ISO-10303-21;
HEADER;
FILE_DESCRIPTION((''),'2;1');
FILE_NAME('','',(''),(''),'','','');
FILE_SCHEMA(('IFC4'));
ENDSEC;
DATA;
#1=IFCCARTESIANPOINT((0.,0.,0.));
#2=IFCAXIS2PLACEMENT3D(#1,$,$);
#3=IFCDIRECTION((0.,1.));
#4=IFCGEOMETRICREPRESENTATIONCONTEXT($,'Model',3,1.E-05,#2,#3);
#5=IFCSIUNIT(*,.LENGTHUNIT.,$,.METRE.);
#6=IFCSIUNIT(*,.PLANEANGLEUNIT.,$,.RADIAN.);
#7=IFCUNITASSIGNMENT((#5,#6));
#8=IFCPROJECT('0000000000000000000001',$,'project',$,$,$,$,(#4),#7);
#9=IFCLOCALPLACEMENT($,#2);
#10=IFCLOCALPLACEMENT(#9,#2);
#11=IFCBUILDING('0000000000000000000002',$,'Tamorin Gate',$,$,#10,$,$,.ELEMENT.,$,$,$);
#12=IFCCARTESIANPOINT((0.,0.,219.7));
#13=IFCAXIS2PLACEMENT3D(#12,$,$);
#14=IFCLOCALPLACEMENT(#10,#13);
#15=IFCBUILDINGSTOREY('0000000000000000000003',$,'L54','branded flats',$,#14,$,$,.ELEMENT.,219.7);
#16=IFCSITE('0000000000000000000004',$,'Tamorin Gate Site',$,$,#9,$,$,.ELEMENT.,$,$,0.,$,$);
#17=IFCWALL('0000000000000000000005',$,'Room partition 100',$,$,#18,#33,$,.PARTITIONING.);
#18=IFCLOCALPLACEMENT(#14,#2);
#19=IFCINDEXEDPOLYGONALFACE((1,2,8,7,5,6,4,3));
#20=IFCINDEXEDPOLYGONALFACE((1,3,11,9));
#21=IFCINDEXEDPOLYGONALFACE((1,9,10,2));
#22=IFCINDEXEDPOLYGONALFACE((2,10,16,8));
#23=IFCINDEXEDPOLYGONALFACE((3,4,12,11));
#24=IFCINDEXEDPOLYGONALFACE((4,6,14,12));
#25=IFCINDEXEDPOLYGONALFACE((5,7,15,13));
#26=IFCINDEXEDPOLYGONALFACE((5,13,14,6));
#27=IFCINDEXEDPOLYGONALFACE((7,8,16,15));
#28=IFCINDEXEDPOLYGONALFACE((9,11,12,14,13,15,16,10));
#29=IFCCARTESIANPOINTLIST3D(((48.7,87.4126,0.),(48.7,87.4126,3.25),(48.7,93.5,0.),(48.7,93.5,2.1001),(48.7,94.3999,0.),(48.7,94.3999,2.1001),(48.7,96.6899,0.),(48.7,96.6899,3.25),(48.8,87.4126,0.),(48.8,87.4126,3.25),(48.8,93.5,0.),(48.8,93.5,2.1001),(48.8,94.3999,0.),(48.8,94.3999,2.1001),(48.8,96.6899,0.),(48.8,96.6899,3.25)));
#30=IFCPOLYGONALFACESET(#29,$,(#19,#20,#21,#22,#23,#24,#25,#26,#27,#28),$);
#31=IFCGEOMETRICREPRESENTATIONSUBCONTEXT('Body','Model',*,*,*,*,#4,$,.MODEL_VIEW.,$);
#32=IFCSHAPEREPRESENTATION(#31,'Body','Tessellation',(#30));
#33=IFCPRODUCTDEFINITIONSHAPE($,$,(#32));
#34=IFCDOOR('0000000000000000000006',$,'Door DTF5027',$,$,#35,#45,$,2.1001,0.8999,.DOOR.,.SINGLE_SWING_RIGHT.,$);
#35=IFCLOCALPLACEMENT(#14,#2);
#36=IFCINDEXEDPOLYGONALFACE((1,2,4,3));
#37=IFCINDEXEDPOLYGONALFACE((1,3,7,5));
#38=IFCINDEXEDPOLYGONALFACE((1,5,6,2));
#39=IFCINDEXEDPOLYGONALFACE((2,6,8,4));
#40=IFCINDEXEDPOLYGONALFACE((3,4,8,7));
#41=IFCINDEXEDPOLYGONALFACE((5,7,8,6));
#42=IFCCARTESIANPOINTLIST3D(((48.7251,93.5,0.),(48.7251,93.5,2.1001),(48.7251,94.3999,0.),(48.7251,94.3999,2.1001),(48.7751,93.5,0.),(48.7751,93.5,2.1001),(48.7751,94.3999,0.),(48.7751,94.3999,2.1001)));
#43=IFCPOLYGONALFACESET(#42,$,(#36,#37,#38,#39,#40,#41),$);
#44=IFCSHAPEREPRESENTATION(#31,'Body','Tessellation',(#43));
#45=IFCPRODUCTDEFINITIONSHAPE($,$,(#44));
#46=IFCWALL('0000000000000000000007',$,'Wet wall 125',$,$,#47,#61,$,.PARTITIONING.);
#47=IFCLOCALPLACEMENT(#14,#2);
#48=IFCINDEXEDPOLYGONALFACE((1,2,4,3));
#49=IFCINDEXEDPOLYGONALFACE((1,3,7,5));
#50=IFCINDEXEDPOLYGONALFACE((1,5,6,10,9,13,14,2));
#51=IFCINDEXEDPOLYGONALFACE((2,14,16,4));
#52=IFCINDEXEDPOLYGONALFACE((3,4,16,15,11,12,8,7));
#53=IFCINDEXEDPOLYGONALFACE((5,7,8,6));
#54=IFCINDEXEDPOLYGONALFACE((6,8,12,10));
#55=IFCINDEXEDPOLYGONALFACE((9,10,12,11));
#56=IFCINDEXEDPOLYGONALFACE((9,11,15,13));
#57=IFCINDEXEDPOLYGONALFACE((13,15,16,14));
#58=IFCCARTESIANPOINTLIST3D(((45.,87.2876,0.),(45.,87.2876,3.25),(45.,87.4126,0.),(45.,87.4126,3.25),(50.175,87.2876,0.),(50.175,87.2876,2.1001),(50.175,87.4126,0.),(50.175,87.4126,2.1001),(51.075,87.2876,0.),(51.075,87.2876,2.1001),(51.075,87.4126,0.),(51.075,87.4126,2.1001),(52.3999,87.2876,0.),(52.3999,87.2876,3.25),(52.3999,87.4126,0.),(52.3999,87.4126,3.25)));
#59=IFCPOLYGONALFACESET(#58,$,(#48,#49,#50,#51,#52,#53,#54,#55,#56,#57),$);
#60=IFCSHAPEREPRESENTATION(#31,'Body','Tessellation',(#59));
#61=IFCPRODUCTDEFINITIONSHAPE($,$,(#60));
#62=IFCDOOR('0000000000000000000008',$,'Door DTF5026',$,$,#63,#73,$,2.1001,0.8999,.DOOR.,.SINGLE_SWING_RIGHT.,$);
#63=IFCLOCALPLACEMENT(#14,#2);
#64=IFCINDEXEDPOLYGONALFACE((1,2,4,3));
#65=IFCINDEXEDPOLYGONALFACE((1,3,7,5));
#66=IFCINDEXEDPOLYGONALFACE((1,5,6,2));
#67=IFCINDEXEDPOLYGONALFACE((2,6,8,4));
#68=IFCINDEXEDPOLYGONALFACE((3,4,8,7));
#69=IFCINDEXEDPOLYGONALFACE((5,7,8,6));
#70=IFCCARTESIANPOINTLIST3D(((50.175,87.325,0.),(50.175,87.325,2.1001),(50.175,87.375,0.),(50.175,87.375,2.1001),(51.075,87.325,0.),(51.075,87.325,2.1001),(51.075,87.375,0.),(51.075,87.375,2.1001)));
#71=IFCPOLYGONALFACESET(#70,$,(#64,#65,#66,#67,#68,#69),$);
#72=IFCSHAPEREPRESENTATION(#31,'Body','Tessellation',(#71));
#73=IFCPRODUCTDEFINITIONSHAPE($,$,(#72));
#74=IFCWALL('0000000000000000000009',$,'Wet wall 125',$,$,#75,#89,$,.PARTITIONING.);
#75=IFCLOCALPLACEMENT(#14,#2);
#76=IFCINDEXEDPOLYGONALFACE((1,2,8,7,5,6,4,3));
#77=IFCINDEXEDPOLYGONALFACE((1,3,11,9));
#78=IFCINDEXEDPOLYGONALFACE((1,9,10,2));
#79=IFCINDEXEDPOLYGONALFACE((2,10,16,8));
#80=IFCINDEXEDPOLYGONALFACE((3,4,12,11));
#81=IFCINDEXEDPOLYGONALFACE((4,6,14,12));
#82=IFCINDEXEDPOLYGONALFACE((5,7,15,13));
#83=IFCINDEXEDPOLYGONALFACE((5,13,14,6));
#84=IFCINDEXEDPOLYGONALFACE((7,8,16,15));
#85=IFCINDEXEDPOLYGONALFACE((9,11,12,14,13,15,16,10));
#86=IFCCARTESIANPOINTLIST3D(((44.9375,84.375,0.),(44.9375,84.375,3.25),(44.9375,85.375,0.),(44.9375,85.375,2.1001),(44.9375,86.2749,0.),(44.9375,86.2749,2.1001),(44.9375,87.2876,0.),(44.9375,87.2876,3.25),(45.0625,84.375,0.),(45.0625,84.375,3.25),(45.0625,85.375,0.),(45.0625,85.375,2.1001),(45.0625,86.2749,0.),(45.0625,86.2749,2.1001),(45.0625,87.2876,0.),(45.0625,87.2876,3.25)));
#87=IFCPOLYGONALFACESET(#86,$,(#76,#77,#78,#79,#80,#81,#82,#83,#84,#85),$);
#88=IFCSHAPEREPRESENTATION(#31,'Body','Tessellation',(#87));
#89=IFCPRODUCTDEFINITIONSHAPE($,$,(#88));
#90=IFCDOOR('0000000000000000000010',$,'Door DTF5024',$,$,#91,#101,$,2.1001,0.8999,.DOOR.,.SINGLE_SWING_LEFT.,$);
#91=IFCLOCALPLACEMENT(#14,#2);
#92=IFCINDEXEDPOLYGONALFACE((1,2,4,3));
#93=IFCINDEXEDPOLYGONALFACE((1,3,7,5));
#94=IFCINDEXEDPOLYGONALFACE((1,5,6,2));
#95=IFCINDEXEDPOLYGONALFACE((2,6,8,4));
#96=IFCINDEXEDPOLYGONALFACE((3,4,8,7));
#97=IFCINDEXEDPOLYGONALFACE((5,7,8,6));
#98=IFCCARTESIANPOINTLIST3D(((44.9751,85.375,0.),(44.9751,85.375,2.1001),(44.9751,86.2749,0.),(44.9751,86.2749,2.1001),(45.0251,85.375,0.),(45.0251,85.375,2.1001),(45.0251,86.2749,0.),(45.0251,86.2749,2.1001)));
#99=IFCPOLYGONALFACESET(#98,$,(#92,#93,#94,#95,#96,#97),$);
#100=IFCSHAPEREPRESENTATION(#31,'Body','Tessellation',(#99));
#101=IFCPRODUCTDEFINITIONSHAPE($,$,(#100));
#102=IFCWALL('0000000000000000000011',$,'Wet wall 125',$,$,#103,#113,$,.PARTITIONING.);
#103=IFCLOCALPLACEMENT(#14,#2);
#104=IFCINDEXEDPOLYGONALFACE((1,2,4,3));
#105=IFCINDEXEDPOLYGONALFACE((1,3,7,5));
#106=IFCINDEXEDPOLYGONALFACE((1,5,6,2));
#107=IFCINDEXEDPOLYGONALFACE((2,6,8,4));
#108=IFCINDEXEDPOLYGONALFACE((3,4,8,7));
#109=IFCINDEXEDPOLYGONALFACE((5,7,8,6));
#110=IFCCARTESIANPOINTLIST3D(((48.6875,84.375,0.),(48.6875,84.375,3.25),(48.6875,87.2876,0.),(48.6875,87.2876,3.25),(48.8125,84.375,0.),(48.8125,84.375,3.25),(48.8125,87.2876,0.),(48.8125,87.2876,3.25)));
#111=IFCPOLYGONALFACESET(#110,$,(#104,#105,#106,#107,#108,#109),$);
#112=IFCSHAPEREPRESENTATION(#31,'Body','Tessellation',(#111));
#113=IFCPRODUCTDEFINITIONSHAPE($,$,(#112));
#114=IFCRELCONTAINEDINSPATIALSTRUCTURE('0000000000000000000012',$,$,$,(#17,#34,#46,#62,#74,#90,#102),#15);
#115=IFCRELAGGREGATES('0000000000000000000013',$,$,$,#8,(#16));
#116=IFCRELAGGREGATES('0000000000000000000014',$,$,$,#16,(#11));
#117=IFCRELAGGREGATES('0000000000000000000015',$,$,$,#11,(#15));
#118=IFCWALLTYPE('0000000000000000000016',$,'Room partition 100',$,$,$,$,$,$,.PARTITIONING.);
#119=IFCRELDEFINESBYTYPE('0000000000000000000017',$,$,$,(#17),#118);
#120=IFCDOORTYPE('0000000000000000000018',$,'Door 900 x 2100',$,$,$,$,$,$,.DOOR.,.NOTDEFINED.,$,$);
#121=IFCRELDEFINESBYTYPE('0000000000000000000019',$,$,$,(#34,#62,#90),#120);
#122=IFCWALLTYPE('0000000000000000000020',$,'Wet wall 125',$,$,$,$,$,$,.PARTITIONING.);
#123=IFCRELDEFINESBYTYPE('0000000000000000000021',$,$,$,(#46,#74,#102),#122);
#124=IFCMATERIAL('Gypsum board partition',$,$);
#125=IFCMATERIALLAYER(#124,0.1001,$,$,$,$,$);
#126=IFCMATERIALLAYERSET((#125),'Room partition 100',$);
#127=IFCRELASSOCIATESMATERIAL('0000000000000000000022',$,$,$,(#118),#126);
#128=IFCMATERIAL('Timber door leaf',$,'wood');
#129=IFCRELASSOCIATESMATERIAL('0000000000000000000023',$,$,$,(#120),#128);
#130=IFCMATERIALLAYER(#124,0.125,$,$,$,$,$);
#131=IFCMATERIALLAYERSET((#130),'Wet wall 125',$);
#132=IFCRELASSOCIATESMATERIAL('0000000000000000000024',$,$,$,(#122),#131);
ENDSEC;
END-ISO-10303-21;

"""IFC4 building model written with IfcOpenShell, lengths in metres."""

from ifc_helpers import new_model, si_unit, direction, frame, frame_2d, origin, place, context, subcontext, project, spatial, rectangle, extrude, material, layer, layer_set, type_object, element, fill, save


model = new_model("IFC4")

# Units and contexts
model_context = context("Model", 3, precision=1e-05, world=origin(), true_north=direction((0.0, 1.0)))
body_context = subcontext(model_context, "Body", "Model", "MODEL_VIEW")
ifc_project = project(units=[si_unit("LENGTHUNIT", "METRE"), si_unit("PLANEANGLEUNIT", "RADIAN")], contexts=[model_context])

# Site, building, storey
site_placement = place(None, origin())
site = spatial("IfcSite", under=ifc_project, at=site_placement, Name="Tamorin Gate Site", CompositionType="ELEMENT", RefElevation=0.0)
building_placement = place(site_placement, origin())
building = spatial("IfcBuilding", under=site, at=building_placement, Name="Tamorin Gate", CompositionType="ELEMENT")
storey_placement = place(building_placement, frame((0.0, 0.0, 219.7)))
storey = spatial("IfcBuildingStorey", under=building, at=storey_placement, Name="L54", Description="branded flats", CompositionType="ELEMENT", Elevation=219.7)

# Shared definitions
ifc_material_1 = material(Name="Gypsum board partition")

# Shared definitions
ifc_layer_1 = layer(ifc_material_1, 0.1001)
ifc_layer_set_1 = layer_set([ifc_layer_1], Name="Room partition 100")
wall_type_1 = type_object("IfcWallType", Name="Room partition 100", PredefinedType="PARTITIONING", material=ifc_layer_set_1)
ifc_material_2 = material(Name="Timber door leaf", Category="wood")
door_type = type_object("IfcDoorType", Name="Door 900 x 2100", OperationType="NOTDEFINED", PredefinedType="DOOR", material=ifc_material_2)

# Walls, openings, doors
wall_1_placement = place(storey_placement, frame((48.75, 87.4126, 0.0), z_axis=(0.0, 0.0, 1.0), x_axis=(0.0, 1.0, 0.0)))
wall_1 = element("IfcWall", 1, at=wall_1_placement, inside=storey, type_object=wall_type_1, Name="Room partition 100", PredefinedType="PARTITIONING", context=body_context, shape_type="SweptSolid", body=[
    extrude(rectangle(XDim=9.2773, YDim=0.1001, at=frame_2d((4.6387, 0.0))), origin(), (0.0, 0.0, 1.0), 3.25),
])
opening_1_placement = place(wall_1_placement, frame((6.0874, 0.0, 0.0)))
opening_1 = element("IfcOpeningElement", 2, at=opening_1_placement, cuts=wall_1, PredefinedType="OPENING", context=body_context, shape_type="SweptSolid", body=[
    extrude(rectangle(XDim=0.8999, YDim=2.1001, at=frame_2d((0.45, 1.05))), frame((0.0, 0.0601, 0.0), z_axis=(0.0, -1.0, 0.0), x_axis=(1.0, 0.0, 0.0)), (0.0, 0.0, 1.0), 0.1201),
])
door_1_placement = place(opening_1_placement, origin())
door_1 = element("IfcDoor", 3, at=door_1_placement, inside=storey, type_object=door_type, Name="Door DTF5027", OperationType="SINGLE_SWING_RIGHT", OverallHeight=2.1001, OverallWidth=0.8999, PredefinedType="DOOR", context=body_context, shape_type="SweptSolid", body=[
    extrude(rectangle(XDim=0.8999, YDim=2.1001, at=frame_2d((0.45, 1.05))), frame((0.0, 0.0249, 0.0), z_axis=(0.0, -1.0, 0.0), x_axis=(1.0, 0.0, 0.0)), (0.0, 0.0, 1.0), 0.05),
])
fill(opening_1, door_1)
ifc_layer_2 = layer(ifc_material_1, 0.125)
ifc_layer_set_2 = layer_set([ifc_layer_2], Name="Wet wall 125")
wall_type_2 = type_object("IfcWallType", Name="Wet wall 125", PredefinedType="PARTITIONING", material=ifc_layer_set_2)
wall_2_placement = place(storey_placement, frame((45.0, 87.3501, 0.0), z_axis=(0.0, 0.0, 1.0), x_axis=(1.0, 0.0, 0.0)))
wall_2 = element("IfcWall", 4, at=wall_2_placement, inside=storey, type_object=wall_type_2, Name="Wet wall 125", PredefinedType="PARTITIONING", context=body_context, shape_type="SweptSolid", body=[
    extrude(rectangle(XDim=7.3999, YDim=0.125, at=frame_2d((3.7, 0.0))), origin(), (0.0, 0.0, 1.0), 3.25),
])
opening_2_placement = place(wall_2_placement, frame((5.175, 0.0, 0.0)))
opening_2 = element("IfcOpeningElement", 5, at=opening_2_placement, cuts=wall_2, PredefinedType="OPENING", context=body_context, shape_type="SweptSolid", body=[
    extrude(rectangle(XDim=0.8999, YDim=2.1001, at=frame_2d((0.45, 1.05))), frame((0.0, 0.0725, 0.0), z_axis=(0.0, -1.0, 0.0), x_axis=(1.0, 0.0, 0.0)), (0.0, 0.0, 1.0), 0.145),
])
door_2_placement = place(opening_2_placement, origin())
door_2 = element("IfcDoor", 6, at=door_2_placement, inside=storey, type_object=door_type, Name="Door DTF5026", OperationType="SINGLE_SWING_RIGHT", OverallHeight=2.1001, OverallWidth=0.8999, PredefinedType="DOOR", context=body_context, shape_type="SweptSolid", body=[
    extrude(rectangle(XDim=0.8999, YDim=2.1001, at=frame_2d((0.45, 1.05))), frame((0.0, 0.0249, 0.0), z_axis=(0.0, -1.0, 0.0), x_axis=(1.0, 0.0, 0.0)), (0.0, 0.0, 1.0), 0.05),
])
fill(opening_2, door_2)
wall_3_placement = place(storey_placement, frame((45.0, 84.375, 0.0), z_axis=(0.0, 0.0, 1.0), x_axis=(0.0, 1.0, 0.0)))
wall_3 = element("IfcWall", 7, at=wall_3_placement, inside=storey, type_object=wall_type_2, Name="Wet wall 125", PredefinedType="PARTITIONING", context=body_context, shape_type="SweptSolid", body=[
    extrude(rectangle(XDim=2.9126, YDim=0.125, at=frame_2d((1.4563, 0.0))), origin(), (0.0, 0.0, 1.0), 3.25),
])
opening_3_placement = place(wall_3_placement, frame((1.0, 0.0, 0.0)))
opening_3 = element("IfcOpeningElement", 8, at=opening_3_placement, cuts=wall_3, PredefinedType="OPENING", context=body_context, shape_type="SweptSolid", body=[
    extrude(rectangle(XDim=0.8999, YDim=2.1001, at=frame_2d((0.45, 1.05))), frame((0.0, 0.0725, 0.0), z_axis=(0.0, -1.0, 0.0), x_axis=(1.0, 0.0, 0.0)), (0.0, 0.0, 1.0), 0.145),
])
door_3_placement = place(opening_3_placement, origin())
door_3 = element("IfcDoor", 9, at=door_3_placement, inside=storey, type_object=door_type, Name="Door DTF5024", OperationType="SINGLE_SWING_LEFT", OverallHeight=2.1001, OverallWidth=0.8999, PredefinedType="DOOR", context=body_context, shape_type="SweptSolid", body=[
    extrude(rectangle(XDim=0.8999, YDim=2.1001, at=frame_2d((0.45, 1.05))), frame((0.0, 0.0249, 0.0), z_axis=(0.0, -1.0, 0.0), x_axis=(1.0, 0.0, 0.0)), (0.0, 0.0, 1.0), 0.05),
])
fill(opening_3, door_3)

# Wall
wall_4_placement = place(storey_placement, frame((48.75, 84.375, 0.0), z_axis=(0.0, 0.0, 1.0), x_axis=(0.0, 1.0, 0.0)))
element("IfcWall", 10, at=wall_4_placement, inside=storey, type_object=wall_type_2, Name="Wet wall 125", PredefinedType="PARTITIONING", context=body_context, shape_type="SweptSolid", body=[
    extrude(rectangle(XDim=2.9126, YDim=0.125, at=frame_2d((1.4563, 0.0))), origin(), (0.0, 0.0, 1.0), 3.25),
])

save(model, "model.ifc")
